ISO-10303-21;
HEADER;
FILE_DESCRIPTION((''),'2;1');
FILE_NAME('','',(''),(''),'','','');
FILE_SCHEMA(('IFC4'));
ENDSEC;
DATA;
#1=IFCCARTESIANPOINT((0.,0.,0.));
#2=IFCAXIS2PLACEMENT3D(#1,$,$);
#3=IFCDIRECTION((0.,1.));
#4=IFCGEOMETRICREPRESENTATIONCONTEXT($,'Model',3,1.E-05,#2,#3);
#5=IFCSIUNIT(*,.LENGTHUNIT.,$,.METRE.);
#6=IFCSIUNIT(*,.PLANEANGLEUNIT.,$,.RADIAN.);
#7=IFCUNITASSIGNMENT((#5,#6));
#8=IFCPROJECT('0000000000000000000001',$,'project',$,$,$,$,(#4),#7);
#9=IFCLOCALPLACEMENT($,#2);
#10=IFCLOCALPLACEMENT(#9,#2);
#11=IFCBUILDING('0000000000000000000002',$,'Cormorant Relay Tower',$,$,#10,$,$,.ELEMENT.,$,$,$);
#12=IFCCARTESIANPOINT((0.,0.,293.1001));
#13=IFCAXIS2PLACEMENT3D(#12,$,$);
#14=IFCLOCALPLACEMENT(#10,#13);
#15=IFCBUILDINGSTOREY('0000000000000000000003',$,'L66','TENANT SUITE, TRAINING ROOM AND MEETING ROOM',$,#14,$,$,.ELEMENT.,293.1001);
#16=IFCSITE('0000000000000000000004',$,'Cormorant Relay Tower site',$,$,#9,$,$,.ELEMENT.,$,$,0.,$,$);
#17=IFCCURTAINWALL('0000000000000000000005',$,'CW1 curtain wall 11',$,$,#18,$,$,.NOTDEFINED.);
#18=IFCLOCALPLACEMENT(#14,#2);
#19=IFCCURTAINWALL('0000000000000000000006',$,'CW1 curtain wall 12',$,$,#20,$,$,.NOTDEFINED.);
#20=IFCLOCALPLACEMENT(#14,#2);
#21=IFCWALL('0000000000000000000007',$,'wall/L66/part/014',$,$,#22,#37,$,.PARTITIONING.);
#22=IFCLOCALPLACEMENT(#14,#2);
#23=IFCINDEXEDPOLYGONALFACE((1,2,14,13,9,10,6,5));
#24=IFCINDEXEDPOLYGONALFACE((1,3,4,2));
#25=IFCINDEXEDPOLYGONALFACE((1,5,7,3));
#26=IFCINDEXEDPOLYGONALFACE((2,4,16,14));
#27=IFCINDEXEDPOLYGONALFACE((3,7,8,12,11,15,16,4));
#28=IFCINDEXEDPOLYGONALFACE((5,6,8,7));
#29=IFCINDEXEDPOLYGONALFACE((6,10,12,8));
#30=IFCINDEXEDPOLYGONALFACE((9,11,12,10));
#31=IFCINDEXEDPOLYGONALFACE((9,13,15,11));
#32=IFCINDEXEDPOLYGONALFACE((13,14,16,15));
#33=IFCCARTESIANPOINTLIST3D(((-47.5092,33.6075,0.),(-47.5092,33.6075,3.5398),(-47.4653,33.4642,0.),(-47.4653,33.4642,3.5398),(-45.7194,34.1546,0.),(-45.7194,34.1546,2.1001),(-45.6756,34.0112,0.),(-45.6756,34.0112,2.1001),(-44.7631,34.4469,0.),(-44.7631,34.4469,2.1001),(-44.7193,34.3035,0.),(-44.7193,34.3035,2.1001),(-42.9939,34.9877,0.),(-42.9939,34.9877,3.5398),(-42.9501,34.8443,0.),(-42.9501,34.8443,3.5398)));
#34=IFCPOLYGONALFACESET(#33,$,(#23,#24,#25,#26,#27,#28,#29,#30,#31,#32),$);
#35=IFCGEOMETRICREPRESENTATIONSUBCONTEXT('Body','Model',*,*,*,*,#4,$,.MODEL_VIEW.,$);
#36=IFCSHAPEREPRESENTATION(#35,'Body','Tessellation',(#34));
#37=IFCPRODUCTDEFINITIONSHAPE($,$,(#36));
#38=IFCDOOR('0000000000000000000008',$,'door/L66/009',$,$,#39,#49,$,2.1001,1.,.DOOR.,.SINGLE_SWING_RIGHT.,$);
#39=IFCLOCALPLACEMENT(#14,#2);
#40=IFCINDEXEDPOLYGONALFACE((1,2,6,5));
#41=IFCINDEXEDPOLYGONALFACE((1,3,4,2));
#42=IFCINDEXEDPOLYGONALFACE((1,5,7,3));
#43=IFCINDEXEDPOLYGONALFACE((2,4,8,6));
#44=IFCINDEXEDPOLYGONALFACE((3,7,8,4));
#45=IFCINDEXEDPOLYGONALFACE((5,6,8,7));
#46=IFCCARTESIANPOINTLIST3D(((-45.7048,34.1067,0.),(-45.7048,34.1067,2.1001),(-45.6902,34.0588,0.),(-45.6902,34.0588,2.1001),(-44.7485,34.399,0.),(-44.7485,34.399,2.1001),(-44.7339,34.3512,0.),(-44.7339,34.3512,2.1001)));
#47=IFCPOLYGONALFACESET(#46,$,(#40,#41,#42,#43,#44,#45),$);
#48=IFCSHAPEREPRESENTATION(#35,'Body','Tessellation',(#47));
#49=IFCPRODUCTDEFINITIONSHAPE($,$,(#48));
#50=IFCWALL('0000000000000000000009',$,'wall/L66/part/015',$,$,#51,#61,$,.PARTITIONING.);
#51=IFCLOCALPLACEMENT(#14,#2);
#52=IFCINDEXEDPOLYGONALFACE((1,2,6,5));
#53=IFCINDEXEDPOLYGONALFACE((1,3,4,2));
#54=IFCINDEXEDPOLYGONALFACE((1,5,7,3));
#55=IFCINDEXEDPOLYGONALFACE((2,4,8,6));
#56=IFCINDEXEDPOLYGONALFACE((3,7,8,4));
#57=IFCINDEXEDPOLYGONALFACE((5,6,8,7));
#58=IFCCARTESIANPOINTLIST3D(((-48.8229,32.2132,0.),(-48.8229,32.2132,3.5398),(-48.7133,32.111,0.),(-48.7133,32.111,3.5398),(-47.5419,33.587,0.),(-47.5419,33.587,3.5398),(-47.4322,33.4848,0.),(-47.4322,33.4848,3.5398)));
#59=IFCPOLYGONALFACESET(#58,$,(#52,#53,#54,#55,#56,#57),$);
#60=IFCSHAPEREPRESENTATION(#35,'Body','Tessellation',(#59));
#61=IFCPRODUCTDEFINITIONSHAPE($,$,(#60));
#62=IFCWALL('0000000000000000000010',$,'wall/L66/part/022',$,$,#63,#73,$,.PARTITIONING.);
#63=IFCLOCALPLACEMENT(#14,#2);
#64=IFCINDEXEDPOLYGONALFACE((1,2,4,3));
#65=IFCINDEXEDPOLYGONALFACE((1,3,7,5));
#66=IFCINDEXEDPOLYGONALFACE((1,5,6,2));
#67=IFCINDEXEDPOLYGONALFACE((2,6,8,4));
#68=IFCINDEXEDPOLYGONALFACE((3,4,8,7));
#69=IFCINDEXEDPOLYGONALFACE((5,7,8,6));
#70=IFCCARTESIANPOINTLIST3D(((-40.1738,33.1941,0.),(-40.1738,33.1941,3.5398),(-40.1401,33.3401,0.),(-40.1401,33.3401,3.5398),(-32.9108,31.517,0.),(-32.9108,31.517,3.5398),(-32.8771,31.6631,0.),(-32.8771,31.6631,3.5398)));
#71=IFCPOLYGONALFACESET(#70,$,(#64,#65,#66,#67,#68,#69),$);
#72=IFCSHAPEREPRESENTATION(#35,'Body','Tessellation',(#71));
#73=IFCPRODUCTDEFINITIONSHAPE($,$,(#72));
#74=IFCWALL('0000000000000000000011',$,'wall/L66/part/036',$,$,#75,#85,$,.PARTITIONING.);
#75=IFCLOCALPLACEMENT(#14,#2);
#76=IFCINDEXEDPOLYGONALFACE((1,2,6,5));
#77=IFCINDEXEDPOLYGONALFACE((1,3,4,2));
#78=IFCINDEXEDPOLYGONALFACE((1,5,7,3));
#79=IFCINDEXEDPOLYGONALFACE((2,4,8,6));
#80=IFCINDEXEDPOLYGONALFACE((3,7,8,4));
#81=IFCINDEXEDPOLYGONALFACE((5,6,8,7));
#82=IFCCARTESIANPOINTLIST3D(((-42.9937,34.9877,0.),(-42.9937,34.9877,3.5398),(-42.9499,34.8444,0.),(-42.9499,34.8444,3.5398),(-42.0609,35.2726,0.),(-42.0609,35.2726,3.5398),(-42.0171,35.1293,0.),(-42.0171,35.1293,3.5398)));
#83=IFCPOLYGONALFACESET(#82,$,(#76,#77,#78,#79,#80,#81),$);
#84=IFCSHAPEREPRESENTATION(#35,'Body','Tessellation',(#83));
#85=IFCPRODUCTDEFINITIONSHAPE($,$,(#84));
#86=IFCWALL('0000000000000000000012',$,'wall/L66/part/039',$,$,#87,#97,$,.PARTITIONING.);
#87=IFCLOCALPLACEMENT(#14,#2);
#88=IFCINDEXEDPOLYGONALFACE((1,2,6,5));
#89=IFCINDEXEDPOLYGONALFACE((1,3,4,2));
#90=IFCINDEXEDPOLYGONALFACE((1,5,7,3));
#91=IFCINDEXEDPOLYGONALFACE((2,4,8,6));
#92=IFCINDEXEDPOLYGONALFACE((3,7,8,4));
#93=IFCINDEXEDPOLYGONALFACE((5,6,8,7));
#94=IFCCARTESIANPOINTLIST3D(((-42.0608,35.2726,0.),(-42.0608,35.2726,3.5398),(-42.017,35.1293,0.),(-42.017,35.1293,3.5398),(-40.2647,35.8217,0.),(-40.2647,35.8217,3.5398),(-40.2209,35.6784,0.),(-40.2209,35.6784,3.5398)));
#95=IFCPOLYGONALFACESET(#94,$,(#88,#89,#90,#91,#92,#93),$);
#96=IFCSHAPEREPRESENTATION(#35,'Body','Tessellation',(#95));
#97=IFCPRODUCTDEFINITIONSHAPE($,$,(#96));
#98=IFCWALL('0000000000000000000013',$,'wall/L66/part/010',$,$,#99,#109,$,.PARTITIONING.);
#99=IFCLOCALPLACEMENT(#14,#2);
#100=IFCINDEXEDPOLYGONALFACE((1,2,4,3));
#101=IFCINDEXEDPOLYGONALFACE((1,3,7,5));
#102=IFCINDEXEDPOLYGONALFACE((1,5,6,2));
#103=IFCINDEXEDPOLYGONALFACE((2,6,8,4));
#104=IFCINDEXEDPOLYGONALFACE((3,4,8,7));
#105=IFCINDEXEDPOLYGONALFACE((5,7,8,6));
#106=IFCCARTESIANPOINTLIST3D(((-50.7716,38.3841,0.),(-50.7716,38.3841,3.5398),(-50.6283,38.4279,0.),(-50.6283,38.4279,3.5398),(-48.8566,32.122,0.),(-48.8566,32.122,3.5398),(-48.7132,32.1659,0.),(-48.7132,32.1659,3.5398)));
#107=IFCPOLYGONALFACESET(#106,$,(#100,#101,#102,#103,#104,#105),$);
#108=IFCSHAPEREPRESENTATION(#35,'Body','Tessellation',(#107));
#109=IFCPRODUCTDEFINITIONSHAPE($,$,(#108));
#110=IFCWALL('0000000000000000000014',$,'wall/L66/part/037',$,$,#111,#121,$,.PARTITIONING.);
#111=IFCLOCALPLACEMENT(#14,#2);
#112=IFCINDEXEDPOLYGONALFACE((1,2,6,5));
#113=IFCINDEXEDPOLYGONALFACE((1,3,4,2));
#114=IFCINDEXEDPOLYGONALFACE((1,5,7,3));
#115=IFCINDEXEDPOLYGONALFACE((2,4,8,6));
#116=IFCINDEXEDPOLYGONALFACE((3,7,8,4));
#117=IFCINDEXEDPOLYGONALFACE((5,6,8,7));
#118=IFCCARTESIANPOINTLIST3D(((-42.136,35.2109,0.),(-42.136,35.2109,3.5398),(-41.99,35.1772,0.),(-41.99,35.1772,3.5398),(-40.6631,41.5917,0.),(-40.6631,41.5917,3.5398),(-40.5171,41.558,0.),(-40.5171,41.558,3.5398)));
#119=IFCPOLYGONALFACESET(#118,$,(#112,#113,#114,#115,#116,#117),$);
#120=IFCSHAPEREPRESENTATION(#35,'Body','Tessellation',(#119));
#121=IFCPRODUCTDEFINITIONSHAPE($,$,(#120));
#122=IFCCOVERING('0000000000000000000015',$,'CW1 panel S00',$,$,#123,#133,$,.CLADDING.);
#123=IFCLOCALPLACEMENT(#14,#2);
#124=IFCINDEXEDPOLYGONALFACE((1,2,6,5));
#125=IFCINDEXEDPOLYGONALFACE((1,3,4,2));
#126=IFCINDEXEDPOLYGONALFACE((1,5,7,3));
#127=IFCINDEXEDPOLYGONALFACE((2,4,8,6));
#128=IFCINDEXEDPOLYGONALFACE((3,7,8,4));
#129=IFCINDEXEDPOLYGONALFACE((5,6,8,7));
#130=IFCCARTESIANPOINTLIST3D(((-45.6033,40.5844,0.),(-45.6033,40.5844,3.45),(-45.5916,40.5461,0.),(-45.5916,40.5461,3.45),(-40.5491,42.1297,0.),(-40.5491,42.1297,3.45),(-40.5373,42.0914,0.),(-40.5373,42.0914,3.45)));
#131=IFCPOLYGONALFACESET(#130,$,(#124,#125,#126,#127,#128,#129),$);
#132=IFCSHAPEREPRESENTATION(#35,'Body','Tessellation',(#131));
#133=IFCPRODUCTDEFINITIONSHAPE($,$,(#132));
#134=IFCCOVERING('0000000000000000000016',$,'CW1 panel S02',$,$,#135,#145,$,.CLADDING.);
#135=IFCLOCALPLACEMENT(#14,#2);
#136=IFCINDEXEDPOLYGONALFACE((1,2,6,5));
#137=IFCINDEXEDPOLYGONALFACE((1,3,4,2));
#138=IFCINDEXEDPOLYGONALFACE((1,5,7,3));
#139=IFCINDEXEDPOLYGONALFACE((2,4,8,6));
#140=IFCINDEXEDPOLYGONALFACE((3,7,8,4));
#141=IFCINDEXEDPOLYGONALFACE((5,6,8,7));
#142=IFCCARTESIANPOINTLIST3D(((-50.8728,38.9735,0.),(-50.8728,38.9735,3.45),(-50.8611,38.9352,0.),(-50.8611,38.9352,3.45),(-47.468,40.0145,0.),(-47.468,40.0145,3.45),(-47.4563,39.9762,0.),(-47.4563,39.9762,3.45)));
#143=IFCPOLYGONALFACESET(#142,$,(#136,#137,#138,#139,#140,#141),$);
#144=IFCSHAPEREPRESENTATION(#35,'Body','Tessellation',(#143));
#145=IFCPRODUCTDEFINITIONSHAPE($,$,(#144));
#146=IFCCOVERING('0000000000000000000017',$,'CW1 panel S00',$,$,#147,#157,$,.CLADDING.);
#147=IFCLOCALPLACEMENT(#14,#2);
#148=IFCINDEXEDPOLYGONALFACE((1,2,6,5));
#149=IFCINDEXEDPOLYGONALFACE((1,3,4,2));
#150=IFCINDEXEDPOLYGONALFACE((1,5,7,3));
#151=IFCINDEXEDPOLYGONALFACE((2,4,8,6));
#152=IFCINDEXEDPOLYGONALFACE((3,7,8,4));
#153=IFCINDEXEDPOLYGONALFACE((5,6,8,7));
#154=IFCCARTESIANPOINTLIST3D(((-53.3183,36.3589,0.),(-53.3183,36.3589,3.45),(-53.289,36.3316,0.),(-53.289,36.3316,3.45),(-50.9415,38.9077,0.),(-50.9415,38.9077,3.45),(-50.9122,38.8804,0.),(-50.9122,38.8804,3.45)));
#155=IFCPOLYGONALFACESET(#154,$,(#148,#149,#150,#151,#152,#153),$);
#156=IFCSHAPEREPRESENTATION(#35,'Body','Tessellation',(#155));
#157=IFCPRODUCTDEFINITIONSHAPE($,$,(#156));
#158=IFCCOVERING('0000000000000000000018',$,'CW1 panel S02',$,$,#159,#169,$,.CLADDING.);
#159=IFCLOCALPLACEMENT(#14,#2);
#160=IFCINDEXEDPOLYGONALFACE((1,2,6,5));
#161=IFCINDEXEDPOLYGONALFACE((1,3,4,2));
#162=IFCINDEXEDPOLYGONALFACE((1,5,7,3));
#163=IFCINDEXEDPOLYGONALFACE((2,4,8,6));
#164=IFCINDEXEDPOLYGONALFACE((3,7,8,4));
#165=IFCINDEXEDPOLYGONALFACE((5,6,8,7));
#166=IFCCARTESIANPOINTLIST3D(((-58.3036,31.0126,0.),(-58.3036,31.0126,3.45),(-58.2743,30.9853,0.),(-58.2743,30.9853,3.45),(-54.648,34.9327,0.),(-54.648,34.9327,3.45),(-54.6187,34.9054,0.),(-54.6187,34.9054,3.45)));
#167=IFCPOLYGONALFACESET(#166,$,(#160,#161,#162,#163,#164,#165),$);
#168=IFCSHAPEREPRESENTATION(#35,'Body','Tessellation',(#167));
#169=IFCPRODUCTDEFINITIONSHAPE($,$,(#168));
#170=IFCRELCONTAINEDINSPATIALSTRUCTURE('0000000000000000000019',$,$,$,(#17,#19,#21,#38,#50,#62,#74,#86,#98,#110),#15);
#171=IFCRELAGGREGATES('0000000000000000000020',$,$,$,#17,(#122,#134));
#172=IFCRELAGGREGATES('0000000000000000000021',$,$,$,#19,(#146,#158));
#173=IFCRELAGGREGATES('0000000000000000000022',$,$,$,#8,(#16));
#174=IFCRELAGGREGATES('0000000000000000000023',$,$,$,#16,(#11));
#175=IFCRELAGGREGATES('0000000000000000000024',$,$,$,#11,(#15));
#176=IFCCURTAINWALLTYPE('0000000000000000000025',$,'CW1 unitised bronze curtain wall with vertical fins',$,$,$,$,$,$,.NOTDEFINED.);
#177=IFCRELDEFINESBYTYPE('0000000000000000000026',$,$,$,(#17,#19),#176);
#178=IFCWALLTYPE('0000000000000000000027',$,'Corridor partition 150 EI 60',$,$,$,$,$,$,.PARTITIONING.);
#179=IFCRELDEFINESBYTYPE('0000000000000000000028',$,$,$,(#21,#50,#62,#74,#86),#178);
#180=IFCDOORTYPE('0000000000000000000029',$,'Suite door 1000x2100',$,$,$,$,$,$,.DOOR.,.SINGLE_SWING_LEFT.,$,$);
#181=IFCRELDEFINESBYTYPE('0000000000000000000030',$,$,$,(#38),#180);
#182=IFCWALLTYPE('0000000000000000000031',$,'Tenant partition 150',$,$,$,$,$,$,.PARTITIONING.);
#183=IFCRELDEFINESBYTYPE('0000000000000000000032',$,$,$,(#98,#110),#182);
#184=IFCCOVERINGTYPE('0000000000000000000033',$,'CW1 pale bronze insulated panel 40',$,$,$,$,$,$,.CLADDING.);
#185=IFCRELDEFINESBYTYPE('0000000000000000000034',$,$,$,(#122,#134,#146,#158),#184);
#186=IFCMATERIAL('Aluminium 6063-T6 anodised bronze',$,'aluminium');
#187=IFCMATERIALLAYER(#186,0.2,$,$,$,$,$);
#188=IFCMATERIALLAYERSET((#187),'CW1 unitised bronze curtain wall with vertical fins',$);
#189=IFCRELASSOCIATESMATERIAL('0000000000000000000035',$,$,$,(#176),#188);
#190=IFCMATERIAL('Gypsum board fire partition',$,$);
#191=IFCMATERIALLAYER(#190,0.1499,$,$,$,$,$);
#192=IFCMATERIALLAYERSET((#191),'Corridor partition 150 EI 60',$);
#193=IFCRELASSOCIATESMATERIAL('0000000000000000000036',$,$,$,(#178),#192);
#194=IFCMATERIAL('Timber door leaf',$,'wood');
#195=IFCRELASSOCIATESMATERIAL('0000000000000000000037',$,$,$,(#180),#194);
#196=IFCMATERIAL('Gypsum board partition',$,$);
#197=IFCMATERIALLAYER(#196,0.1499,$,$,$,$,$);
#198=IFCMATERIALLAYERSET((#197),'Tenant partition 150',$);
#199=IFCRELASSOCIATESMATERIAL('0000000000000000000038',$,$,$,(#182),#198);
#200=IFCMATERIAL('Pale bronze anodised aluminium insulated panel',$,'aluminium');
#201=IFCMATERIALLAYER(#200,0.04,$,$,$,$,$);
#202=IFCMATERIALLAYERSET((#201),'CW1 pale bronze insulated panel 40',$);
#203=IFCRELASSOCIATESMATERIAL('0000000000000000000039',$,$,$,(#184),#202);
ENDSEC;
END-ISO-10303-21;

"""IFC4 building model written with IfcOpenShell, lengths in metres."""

from ifc_helpers import new_model, si_unit, direction, frame, frame_2d, origin, origin_2d, place, context, subcontext, project, spatial, rectangle, extrude, material, layer, layer_set, type_object, element, fill, aggregate, save


model = new_model("IFC4")

# Units and contexts
model_context = context("Model", 3, precision=1e-05, world=origin(), true_north=direction((0.0, 1.0)))
body_context = subcontext(model_context, "Body", "Model", "MODEL_VIEW")
ifc_project = project(units=[si_unit("LENGTHUNIT", "METRE"), si_unit("PLANEANGLEUNIT", "RADIAN")], contexts=[model_context])

# Site, building, storey
site_placement = place(None, origin())
site = spatial("IfcSite", under=ifc_project, at=site_placement, Name="Cormorant Relay Tower site", CompositionType="ELEMENT", RefElevation=0.0)
building_placement = place(site_placement, origin())
building = spatial("IfcBuilding", under=site, at=building_placement, Name="Cormorant Relay Tower", CompositionType="ELEMENT")
storey_placement = place(building_placement, frame((0.0, 0.0, 293.1001)))
storey = spatial("IfcBuildingStorey", under=building, at=storey_placement, Name="L66", Description="TENANT SUITE, TRAINING ROOM AND MEETING ROOM", CompositionType="ELEMENT", Elevation=293.1001)

# Curtain walls
ifc_material_1 = material(Name="Aluminium 6063-T6 anodised bronze", Category="aluminium")
ifc_layer_1 = layer(ifc_material_1, 0.2)
ifc_layer_set_1 = layer_set([ifc_layer_1], Name="CW1 unitised bronze curtain wall with vertical fins")
curtain_wall_type = type_object("IfcCurtainWallType", Name="CW1 unitised bronze curtain wall with vertical fins", PredefinedType="NOTDEFINED", material=ifc_layer_set_1)
curtain_wall_1_placement = place(storey_placement, origin())
curtain_wall_1 = element("IfcCurtainWall", 1, at=curtain_wall_1_placement, inside=storey, type_object=curtain_wall_type, Name="CW1 curtain wall 11", PredefinedType="NOTDEFINED")
curtain_wall_2_placement = place(storey_placement, origin())
curtain_wall_2 = element("IfcCurtainWall", 2, at=curtain_wall_2_placement, inside=storey, type_object=curtain_wall_type, Name="CW1 curtain wall 12", PredefinedType="NOTDEFINED")

# Shared definitions
ifc_material_2 = material(Name="Gypsum board fire partition")
ifc_layer_2 = layer(ifc_material_2, 0.1499)
ifc_layer_set_2 = layer_set([ifc_layer_2], Name="Corridor partition 150 EI 60")
wall_type_1 = type_object("IfcWallType", Name="Corridor partition 150 EI 60", PredefinedType="PARTITIONING", material=ifc_layer_set_2)

# Wall, opening, door
wall_1_placement = place(storey_placement, frame((-42.9719, 34.916, 0.0), z_axis=(0.0, 0.0, 1.0), x_axis=(-0.956322, -0.292316, 0.0)))
wall_1 = element("IfcWall", 3, at=wall_1_placement, inside=storey, type_object=wall_type_1, Name="wall/L66/part/014", PredefinedType="PARTITIONING", context=body_context, shape_type="SweptSolid", body=[
    extrude(rectangle(XDim=4.7214, YDim=0.1499, at=frame_2d((2.3608, 0.0))), origin(), (0.0, 0.0, 1.0), 3.5398),
])
opening_placement = place(wall_1_placement, frame((1.8501, 0.0, 0.0)))
opening = element("IfcOpeningElement", 4, at=opening_placement, cuts=wall_1, PredefinedType="OPENING", context=body_context, shape_type="SweptSolid", body=[
    extrude(rectangle(XDim=1.0, YDim=2.1001, at=frame_2d((0.5, 1.05))), frame((0.0, 0.085, 0.0), z_axis=(0.0, -1.0, 0.0), x_axis=(1.0, 0.0, 0.0)), (0.0, 0.0, 1.0), 0.1699),
])
ifc_material_3 = material(Name="Timber door leaf", Category="wood")
door_type = type_object("IfcDoorType", Name="Suite door 1000x2100", OperationType="SINGLE_SWING_LEFT", PredefinedType="DOOR", material=ifc_material_3)
door_placement = place(opening_placement, frame((1.0, 0.0, 0.0), z_axis=(0.0, 0.0, 1.0), x_axis=(-1.0, 0.0, 0.0)))
door = element("IfcDoor", 5, at=door_placement, inside=storey, type_object=door_type, Name="door/L66/009", OperationType="SINGLE_SWING_RIGHT", OverallHeight=2.1001, OverallWidth=1.0, PredefinedType="DOOR", context=body_context, shape_type="SweptSolid", body=[
    extrude(rectangle(XDim=1.0, YDim=2.1001, at=frame_2d((0.5, 1.05))), frame((0.0, 0.0249, 0.0), z_axis=(0.0, -1.0, 0.0), x_axis=(1.0, 0.0, 0.0)), (0.0, 0.0, 1.0), 0.05),
])
fill(opening, door)

# Walls
wall_2_placement = place(storey_placement, frame((-47.4871, 33.5359, 0.0), z_axis=(0.0, 0.0, 1.0), x_axis=(-0.68198, -0.731371, 0.0)))
element("IfcWall", 6, at=wall_2_placement, inside=storey, type_object=wall_type_1, Name="wall/L66/part/015", PredefinedType="PARTITIONING", context=body_context, shape_type="SweptSolid", body=[
    extrude(rectangle(XDim=1.8784, YDim=0.1499, at=frame_2d((0.9392, 0.0))), origin(), (0.0, 0.0, 1.0), 3.5398),
])
wall_3_placement = place(storey_placement, frame((-40.157, 33.2671, 0.0), z_axis=(0.0, 0.0, 1.0), x_axis=(0.974364, -0.224979, 0.0)))
element("IfcWall", 7, at=wall_3_placement, inside=storey, type_object=wall_type_1, Name="wall/L66/part/022", PredefinedType="PARTITIONING", context=body_context, shape_type="SweptSolid", body=[
    extrude(rectangle(XDim=7.4541, YDim=0.1499, at=frame_2d((3.7271, 0.0))), origin(), (0.0, 0.0, 1.0), 3.5398),
])
wall_4_placement = place(storey_placement, frame((-42.9719, 34.916, 0.0), z_axis=(0.0, 0.0, 1.0), x_axis=(0.956388, 0.292098, 0.0)))
element("IfcWall", 8, at=wall_4_placement, inside=storey, type_object=wall_type_1, Name="wall/L66/part/036", PredefinedType="PARTITIONING", context=body_context, shape_type="SweptSolid", body=[
    extrude(rectangle(XDim=0.9753, YDim=0.1499, at=frame_2d((0.4878, 0.0))), origin(), (0.0, 0.0, 1.0), 3.5398),
])
wall_5_placement = place(storey_placement, frame((-40.2429, 35.75, 0.0), z_axis=(0.0, 0.0, 1.0), x_axis=(-0.956314, -0.292341, 0.0)))
element("IfcWall", 9, at=wall_5_placement, inside=storey, type_object=wall_type_1, Name="wall/L66/part/039", PredefinedType="PARTITIONING", context=body_context, shape_type="SweptSolid", body=[
    extrude(rectangle(XDim=1.8782, YDim=0.1499, at=frame_2d((0.939, 0.0))), origin(), (0.0, 0.0, 1.0), 3.5398),
])
ifc_material_4 = material(Name="Gypsum board partition")
ifc_layer_3 = layer(ifc_material_4, 0.1499)
ifc_layer_set_3 = layer_set([ifc_layer_3], Name="Tenant partition 150")
wall_type_2 = type_object("IfcWallType", Name="Tenant partition 150", PredefinedType="PARTITIONING", material=ifc_layer_set_3)
wall_6_placement = place(storey_placement, frame((-50.7, 38.406, 0.0), z_axis=(0.0, 0.0, 1.0), x_axis=(0.292451, -0.956281, 0.0)))
element("IfcWall", 10, at=wall_6_placement, inside=storey, type_object=wall_type_2, Name="wall/L66/part/010", PredefinedType="PARTITIONING", context=body_context, shape_type="SweptSolid", body=[
    extrude(rectangle(XDim=6.5483, YDim=0.1499, at=frame_2d((3.2742, 0.0))), origin(), (0.0, 0.0, 1.0), 3.5398),
])
wall_7_placement = place(storey_placement, frame((-40.5901, 41.575, 0.0), z_axis=(0.0, 0.0, 1.0), x_axis=(-0.224917, -0.974378, 0.0)))
element("IfcWall", 11, at=wall_7_placement, inside=storey, type_object=wall_type_2, Name="wall/L66/part/037", PredefinedType="PARTITIONING", context=body_context, shape_type="SweptSolid", body=[
    extrude(rectangle(XDim=6.5486, YDim=0.1499, at=frame_2d((3.2744, 0.0))), origin(), (0.0, 0.0, 1.0), 3.5398),
])

# Coverings
ifc_material_5 = material(Name="Pale bronze anodised aluminium insulated panel", Category="aluminium")
ifc_layer_4 = layer(ifc_material_5, 0.04)
ifc_layer_set_4 = layer_set([ifc_layer_4], Name="CW1 pale bronze insulated panel 40")
covering_type = type_object("IfcCoveringType", Name="CW1 pale bronze insulated panel 40", PredefinedType="CLADDING", material=ifc_layer_set_4)
covering_1_placement = place(storey_placement, frame((-43.0703, 41.3379, 0.0), z_axis=(0.0, 0.0, 1.0), x_axis=(-0.956305, -0.292372, 0.0)))
covering_1 = element("IfcCovering", 12, at=covering_1_placement, type_object=covering_type, Name="CW1 panel S00", PredefinedType="CLADDING", context=body_context, shape_type="SweptSolid", body=[
    extrude(rectangle(XDim=5.2852, YDim=0.04, at=origin_2d()), origin(), (0.0, 0.0, 1.0), 3.45),
])
covering_2_placement = place(storey_placement, frame((-49.1646, 39.4749, 0.0), z_axis=(0.0, 0.0, 1.0), x_axis=(-0.956305, -0.292372, 0.0)))
covering_2 = element("IfcCovering", 13, at=covering_2_placement, type_object=covering_type, Name="CW1 panel S02", PredefinedType="CLADDING", context=body_context, shape_type="SweptSolid", body=[
    extrude(rectangle(XDim=3.5603, YDim=0.04, at=origin_2d()), origin(), (0.0, 0.0, 1.0), 3.45),
])
aggregate(curtain_wall_1, [covering_1, covering_2])
covering_3_placement = place(storey_placement, frame((-52.1152, 37.6196, 0.0), z_axis=(0.0, 0.0, 1.0), x_axis=(-0.681998, -0.731354, 0.0)))
covering_3 = element("IfcCovering", 14, at=covering_3_placement, type_object=covering_type, Name="CW1 panel S00", PredefinedType="CLADDING", context=body_context, shape_type="SweptSolid", body=[
    extrude(rectangle(XDim=3.4851, YDim=0.04, at=origin_2d()), origin(), (0.0, 0.0, 1.0), 3.45),
])
covering_4_placement = place(storey_placement, frame((-56.4612, 32.959, 0.0), z_axis=(0.0, 0.0, 1.0), x_axis=(-0.681998, -0.731354, 0.0)))
covering_4 = element("IfcCovering", 15, at=covering_4_placement, type_object=covering_type, Name="CW1 panel S02", PredefinedType="CLADDING", context=body_context, shape_type="SweptSolid", body=[
    extrude(rectangle(XDim=5.3601, YDim=0.04, at=origin_2d()), origin(), (0.0, 0.0, 1.0), 3.45),
])
aggregate(curtain_wall_2, [covering_3, covering_4])

save(model, "model.ifc")
